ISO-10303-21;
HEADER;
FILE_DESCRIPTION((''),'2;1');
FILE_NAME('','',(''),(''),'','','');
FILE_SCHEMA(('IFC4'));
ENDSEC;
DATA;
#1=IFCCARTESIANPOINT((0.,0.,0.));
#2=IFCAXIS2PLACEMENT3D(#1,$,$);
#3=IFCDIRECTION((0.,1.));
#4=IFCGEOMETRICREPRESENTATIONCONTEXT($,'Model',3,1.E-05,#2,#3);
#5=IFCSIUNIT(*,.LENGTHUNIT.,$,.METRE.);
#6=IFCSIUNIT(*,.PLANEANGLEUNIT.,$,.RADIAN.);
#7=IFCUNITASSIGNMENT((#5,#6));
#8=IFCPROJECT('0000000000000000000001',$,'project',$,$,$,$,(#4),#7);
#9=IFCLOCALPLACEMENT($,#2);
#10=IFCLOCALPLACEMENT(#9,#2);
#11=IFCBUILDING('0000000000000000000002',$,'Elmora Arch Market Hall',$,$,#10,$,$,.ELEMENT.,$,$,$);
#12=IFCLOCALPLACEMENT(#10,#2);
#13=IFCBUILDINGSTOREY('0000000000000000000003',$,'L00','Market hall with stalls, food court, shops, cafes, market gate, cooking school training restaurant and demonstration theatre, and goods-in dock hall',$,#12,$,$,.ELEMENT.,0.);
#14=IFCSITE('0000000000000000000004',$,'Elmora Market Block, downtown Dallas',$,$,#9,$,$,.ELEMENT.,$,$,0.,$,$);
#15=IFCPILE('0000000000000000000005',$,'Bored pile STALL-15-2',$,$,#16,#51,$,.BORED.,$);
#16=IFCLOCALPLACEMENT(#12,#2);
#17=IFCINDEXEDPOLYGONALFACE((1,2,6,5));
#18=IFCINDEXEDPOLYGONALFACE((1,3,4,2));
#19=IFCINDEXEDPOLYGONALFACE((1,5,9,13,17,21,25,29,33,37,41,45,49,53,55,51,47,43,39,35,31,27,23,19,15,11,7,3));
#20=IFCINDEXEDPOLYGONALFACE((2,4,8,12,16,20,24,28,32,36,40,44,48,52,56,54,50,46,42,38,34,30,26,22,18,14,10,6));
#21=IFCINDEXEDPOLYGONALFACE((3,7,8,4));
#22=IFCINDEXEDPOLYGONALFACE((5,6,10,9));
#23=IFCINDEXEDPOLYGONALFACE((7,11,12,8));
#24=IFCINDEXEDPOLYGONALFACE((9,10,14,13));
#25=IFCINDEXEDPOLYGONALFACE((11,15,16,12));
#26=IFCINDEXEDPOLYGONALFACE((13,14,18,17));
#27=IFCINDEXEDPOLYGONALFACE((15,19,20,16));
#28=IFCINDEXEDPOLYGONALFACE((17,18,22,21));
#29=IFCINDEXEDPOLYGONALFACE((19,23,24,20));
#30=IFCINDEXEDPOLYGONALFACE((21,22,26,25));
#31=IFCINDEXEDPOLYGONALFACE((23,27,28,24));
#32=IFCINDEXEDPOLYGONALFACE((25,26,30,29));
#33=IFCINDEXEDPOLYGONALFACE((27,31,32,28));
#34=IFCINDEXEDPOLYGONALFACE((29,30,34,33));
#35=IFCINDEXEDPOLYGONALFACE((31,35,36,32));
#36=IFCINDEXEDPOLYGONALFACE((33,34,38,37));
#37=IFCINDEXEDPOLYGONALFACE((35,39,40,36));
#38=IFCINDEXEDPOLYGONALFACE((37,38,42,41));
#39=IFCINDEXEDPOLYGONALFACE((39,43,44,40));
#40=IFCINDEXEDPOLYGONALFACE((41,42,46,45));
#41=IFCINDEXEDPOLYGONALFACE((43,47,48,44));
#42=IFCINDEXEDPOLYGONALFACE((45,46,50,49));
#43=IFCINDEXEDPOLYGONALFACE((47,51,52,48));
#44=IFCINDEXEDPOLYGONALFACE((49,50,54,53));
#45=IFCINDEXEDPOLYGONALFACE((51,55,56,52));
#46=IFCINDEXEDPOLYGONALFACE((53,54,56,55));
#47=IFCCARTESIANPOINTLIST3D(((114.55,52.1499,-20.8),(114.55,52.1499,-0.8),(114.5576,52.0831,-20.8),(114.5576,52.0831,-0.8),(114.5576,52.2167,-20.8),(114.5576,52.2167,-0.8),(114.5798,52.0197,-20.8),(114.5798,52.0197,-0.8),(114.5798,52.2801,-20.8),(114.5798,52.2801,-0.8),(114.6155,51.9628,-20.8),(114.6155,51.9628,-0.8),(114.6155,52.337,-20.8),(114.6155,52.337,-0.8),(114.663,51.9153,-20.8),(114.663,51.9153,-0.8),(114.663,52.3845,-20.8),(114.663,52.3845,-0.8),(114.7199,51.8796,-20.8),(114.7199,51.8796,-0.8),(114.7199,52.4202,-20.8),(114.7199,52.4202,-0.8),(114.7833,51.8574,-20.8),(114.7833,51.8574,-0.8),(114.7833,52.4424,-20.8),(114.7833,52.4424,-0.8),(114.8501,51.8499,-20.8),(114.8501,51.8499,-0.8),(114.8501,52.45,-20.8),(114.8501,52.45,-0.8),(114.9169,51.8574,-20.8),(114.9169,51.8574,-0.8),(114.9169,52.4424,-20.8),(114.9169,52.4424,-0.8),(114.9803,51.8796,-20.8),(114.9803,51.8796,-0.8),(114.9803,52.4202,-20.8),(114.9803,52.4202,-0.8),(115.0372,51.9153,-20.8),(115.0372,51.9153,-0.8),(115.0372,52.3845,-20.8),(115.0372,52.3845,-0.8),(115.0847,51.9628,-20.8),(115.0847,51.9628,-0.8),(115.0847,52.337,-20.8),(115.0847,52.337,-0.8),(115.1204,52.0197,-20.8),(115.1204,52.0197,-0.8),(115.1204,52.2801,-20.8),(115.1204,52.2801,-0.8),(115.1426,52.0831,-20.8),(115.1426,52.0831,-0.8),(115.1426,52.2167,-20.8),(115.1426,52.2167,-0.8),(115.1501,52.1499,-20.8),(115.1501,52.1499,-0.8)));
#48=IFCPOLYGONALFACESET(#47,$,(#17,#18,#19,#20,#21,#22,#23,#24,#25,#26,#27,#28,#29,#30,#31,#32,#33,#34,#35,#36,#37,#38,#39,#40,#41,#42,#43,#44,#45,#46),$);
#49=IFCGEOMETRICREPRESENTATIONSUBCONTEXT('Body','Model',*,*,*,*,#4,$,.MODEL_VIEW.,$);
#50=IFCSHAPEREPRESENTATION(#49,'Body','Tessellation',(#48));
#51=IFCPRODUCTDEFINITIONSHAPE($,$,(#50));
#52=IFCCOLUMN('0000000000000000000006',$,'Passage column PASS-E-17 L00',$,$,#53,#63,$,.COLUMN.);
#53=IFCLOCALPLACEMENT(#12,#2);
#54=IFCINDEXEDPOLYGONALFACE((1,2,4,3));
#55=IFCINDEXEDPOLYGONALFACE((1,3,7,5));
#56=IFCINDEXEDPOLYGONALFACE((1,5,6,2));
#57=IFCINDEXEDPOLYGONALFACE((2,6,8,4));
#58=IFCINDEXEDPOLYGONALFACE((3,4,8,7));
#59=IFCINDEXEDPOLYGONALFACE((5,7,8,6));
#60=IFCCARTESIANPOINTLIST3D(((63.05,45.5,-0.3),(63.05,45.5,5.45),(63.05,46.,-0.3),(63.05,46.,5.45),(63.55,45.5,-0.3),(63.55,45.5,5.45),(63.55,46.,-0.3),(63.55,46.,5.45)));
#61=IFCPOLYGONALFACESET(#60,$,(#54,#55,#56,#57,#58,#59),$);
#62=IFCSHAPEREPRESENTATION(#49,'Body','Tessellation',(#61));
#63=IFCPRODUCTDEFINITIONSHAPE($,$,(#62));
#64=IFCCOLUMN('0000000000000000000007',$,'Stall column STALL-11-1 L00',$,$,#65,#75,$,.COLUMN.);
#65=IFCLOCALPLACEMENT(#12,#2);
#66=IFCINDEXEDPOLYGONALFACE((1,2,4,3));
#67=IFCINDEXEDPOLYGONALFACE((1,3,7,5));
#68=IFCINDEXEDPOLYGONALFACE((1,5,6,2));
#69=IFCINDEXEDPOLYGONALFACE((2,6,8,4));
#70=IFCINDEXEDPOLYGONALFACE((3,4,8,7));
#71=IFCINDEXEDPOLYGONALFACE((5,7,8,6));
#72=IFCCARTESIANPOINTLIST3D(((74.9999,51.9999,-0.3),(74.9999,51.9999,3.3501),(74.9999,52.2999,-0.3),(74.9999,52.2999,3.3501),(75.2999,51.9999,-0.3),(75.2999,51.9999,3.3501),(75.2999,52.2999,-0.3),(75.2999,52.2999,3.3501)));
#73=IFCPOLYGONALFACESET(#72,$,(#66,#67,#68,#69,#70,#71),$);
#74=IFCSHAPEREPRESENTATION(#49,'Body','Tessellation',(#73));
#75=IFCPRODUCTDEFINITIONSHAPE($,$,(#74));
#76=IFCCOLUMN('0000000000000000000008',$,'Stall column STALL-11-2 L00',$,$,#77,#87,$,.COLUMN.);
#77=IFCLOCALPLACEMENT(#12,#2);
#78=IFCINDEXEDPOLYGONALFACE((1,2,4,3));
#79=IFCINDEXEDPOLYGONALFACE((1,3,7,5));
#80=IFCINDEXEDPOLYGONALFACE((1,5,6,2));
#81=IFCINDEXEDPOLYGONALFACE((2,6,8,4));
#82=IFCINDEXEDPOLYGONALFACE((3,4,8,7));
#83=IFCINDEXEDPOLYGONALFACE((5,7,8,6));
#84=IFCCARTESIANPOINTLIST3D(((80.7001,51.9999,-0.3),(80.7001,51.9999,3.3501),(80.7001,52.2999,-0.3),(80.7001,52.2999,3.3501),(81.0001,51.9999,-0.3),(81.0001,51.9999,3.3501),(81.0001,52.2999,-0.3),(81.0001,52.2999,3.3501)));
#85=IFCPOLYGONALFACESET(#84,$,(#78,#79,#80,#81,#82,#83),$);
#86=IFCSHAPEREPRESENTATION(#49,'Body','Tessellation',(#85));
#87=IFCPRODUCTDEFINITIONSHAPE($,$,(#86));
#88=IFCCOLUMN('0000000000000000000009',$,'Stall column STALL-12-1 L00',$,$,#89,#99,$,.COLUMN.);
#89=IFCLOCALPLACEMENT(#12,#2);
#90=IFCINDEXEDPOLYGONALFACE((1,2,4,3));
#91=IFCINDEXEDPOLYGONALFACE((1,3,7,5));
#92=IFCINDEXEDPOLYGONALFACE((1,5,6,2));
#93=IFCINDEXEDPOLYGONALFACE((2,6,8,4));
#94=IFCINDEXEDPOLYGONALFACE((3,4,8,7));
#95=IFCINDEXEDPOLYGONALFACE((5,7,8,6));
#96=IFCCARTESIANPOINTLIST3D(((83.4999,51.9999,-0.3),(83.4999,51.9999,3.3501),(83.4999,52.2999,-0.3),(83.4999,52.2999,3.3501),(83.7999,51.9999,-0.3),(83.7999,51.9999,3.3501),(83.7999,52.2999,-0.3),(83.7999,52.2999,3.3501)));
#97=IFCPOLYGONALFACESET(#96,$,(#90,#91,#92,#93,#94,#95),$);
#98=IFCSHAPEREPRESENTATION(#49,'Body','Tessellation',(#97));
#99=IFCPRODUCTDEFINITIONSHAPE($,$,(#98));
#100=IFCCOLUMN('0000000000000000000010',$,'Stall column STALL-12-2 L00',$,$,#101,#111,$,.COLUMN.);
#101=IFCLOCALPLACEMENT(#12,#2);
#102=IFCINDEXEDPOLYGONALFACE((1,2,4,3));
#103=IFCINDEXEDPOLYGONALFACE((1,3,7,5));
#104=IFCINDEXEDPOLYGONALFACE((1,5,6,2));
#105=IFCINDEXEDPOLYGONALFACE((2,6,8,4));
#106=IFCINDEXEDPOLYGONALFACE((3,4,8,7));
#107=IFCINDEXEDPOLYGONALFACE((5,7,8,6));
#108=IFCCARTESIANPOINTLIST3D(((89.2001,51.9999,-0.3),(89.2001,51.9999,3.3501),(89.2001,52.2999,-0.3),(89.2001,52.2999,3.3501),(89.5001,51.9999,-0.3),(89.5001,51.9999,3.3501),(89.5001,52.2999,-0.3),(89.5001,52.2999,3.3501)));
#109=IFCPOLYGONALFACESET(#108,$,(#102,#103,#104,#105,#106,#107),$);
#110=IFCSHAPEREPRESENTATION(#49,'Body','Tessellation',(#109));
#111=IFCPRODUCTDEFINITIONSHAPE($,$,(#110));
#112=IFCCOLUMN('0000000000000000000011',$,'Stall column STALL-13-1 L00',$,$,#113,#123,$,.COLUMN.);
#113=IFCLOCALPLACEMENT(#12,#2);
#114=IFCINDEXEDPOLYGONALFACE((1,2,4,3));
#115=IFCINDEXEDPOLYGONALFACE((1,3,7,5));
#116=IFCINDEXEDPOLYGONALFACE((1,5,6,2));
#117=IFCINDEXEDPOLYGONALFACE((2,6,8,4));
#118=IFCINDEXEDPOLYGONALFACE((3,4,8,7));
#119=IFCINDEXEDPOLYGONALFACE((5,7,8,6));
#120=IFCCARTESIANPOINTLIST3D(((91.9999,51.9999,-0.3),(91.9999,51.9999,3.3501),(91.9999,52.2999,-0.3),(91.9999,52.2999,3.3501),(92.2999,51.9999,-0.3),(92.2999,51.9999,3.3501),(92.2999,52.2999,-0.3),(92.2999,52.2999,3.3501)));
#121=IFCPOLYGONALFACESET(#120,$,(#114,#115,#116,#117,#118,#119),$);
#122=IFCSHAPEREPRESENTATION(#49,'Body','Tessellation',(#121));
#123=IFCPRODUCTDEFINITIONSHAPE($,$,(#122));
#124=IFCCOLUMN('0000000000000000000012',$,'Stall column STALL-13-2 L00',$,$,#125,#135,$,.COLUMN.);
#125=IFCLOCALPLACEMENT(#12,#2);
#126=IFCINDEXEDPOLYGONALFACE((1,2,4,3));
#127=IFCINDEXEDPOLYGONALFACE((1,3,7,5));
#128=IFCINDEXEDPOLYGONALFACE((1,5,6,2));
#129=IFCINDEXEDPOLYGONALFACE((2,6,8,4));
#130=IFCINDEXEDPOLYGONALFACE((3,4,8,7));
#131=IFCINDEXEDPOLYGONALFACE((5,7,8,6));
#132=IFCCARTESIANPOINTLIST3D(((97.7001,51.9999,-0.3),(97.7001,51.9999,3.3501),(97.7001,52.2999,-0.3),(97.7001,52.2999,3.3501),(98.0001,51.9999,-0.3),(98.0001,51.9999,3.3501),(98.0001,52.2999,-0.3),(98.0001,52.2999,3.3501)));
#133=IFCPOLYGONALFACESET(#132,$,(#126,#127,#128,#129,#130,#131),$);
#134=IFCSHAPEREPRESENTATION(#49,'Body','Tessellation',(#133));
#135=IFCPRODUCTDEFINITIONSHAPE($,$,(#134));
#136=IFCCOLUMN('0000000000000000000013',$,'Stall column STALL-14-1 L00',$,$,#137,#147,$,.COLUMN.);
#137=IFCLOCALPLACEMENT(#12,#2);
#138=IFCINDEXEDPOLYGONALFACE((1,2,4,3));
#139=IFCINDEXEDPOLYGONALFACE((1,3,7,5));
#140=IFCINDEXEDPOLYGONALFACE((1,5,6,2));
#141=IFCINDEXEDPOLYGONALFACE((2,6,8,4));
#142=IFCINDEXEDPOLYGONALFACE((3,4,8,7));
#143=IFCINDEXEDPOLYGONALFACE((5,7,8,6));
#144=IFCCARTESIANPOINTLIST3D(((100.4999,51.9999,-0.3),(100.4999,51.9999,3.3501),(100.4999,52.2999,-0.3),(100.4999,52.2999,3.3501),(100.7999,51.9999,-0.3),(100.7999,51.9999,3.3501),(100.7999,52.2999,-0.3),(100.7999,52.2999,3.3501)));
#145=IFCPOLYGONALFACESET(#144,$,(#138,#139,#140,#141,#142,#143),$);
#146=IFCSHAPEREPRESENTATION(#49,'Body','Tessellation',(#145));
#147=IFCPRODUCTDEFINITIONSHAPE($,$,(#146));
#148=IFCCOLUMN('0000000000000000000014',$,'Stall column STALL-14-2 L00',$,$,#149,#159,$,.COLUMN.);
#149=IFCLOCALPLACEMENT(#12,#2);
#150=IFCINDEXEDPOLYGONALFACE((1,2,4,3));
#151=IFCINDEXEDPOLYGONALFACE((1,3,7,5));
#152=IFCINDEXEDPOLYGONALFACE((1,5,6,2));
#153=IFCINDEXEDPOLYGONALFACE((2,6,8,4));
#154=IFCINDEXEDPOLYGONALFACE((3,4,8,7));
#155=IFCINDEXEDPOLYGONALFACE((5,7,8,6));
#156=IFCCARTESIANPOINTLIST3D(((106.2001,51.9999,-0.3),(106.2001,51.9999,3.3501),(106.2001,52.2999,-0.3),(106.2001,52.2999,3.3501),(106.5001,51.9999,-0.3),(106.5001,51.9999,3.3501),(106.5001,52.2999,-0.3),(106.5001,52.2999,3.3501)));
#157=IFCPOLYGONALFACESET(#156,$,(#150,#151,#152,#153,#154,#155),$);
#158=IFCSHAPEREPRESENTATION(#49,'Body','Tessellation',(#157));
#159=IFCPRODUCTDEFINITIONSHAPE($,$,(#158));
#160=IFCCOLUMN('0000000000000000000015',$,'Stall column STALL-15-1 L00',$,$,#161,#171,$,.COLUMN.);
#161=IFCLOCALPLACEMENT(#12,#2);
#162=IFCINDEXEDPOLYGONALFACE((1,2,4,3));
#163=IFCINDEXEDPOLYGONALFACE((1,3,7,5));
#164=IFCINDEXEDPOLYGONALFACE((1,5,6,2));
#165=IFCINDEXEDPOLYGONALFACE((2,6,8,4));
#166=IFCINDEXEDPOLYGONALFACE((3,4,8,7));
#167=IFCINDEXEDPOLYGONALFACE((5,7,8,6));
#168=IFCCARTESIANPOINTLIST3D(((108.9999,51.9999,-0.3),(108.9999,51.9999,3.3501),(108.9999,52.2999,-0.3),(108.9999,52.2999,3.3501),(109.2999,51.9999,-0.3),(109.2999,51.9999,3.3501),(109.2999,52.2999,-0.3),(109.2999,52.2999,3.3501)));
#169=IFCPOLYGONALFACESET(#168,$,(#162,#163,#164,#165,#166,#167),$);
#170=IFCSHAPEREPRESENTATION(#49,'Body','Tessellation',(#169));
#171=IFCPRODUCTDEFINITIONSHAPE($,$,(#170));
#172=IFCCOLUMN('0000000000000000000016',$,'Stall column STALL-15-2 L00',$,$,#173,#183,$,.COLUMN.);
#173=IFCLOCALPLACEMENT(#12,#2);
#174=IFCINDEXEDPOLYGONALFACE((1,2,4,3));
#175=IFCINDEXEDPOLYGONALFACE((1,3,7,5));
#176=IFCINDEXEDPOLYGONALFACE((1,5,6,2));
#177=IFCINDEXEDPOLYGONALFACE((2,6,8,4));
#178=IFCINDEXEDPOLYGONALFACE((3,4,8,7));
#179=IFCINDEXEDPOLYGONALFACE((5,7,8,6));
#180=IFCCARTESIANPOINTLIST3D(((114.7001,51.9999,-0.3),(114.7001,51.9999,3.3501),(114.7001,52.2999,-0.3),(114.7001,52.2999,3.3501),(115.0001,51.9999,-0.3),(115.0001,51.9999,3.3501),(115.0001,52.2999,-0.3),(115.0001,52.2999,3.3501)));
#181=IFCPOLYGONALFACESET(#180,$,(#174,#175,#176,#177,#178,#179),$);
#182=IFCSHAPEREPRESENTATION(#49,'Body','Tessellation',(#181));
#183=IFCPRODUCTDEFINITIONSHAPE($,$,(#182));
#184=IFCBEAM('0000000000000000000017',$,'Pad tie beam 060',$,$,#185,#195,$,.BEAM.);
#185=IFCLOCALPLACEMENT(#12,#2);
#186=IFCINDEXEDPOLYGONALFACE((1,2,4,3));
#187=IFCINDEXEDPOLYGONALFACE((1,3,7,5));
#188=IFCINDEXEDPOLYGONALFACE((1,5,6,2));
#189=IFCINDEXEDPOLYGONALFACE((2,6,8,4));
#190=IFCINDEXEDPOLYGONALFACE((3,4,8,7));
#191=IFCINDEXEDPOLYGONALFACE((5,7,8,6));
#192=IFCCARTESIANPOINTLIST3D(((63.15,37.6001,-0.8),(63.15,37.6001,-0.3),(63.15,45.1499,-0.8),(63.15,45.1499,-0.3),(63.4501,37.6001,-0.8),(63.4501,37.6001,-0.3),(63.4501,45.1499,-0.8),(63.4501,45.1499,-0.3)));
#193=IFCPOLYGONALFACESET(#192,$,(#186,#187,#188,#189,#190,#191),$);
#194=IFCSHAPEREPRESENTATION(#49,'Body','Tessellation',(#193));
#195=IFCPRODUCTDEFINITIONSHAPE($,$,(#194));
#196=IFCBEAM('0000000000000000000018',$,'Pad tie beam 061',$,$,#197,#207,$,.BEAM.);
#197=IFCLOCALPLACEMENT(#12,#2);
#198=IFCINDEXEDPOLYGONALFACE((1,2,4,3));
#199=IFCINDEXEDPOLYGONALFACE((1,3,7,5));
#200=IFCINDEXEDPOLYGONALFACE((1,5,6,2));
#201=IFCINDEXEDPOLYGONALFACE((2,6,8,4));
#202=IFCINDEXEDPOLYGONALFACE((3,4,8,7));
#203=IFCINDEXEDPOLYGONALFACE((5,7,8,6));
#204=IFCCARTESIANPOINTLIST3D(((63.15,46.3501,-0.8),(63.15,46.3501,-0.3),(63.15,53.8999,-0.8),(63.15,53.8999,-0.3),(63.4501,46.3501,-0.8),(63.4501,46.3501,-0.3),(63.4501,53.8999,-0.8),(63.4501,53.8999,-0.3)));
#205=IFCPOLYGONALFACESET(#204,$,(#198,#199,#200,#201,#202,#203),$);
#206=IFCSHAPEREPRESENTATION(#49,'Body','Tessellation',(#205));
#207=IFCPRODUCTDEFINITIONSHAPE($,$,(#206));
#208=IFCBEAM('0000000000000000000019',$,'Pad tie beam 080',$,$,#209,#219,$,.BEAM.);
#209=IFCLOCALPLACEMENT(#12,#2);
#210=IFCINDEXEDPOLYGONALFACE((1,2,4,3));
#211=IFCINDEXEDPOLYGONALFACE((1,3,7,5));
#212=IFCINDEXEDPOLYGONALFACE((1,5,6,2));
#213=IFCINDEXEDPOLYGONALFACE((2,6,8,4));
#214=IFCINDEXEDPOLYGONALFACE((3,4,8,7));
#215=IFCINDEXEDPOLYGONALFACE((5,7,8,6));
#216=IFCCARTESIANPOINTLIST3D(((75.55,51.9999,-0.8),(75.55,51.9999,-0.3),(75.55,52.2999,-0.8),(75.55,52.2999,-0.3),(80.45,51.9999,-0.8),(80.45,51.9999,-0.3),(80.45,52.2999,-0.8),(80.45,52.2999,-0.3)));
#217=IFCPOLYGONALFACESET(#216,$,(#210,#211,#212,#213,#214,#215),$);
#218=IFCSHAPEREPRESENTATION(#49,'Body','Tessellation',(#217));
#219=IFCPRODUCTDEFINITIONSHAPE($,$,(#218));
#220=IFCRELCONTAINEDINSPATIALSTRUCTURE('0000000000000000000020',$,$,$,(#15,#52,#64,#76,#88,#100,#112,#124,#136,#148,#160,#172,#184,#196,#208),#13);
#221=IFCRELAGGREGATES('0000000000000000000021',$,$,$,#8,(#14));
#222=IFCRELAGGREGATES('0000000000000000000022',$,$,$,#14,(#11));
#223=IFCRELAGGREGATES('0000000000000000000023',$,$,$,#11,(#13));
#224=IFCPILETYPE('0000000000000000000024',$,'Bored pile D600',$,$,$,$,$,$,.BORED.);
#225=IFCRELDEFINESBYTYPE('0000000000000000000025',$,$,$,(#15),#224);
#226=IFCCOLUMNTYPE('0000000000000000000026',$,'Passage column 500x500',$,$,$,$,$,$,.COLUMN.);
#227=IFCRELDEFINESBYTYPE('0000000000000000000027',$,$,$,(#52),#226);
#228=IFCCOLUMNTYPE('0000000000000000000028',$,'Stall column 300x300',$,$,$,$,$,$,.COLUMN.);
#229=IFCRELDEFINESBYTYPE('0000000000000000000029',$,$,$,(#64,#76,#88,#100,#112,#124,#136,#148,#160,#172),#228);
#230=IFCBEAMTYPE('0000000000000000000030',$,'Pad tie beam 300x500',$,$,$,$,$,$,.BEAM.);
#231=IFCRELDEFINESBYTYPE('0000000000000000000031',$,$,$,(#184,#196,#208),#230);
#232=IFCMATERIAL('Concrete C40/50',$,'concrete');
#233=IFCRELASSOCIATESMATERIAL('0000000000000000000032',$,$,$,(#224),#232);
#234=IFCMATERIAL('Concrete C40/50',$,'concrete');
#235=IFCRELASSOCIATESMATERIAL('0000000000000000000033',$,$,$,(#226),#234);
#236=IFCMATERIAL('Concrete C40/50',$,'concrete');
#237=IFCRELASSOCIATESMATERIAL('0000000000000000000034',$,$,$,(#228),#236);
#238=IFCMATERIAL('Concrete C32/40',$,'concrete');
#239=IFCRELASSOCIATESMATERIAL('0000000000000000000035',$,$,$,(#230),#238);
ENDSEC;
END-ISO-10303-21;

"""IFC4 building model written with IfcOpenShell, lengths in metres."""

from ifc_helpers import new_model, si_unit, direction, frame, origin, origin_2d, place, context, subcontext, project, spatial, rectangle, circle, extrude, material, material_profile, profile_set, type_object, element, save


model = new_model("IFC4")

# Units and contexts
model_context = context("Model", 3, precision=1e-05, world=origin(), true_north=direction((0.0, 1.0)))
body_context = subcontext(model_context, "Body", "Model", "MODEL_VIEW")
ifc_project = project(units=[si_unit("LENGTHUNIT", "METRE"), si_unit("PLANEANGLEUNIT", "RADIAN")], contexts=[model_context])

# Site, building, storey
site_placement = place(None, origin())
site = spatial("IfcSite", under=ifc_project, at=site_placement, Name="Elmora Market Block, downtown Dallas", CompositionType="ELEMENT", RefElevation=0.0)
building_placement = place(site_placement, origin())
building = spatial("IfcBuilding", under=site, at=building_placement, Name="Elmora Arch Market Hall", CompositionType="ELEMENT")
storey_placement = place(building_placement, origin())
storey = spatial("IfcBuildingStorey", under=building, at=storey_placement, Name="L00", Description="Market hall with stalls, food court, shops, cafes, market gate, cooking school training restaurant and demonstration theatre, and goods-in dock hall", CompositionType="ELEMENT", Elevation=0.0)

# Pile
ifc_material_1 = material(Name="Concrete C40/50", Category="concrete")
ifc_material_profile_1 = material_profile(ifc_material_1, circle(Radius=0.3, at=origin_2d()), Name="Bored pile D600")
ifc_profile_set_1 = profile_set([ifc_material_profile_1], Name="Concrete C40/50")
pile_type = type_object("IfcPileType", Name="Bored pile D600", PredefinedType="BORED", material=ifc_profile_set_1)
for number, where, z_axis, x_axis, name in (
    (1, (114.8501, 52.1499, -0.8), (0.0, 0.0, -1.0), (1.0, 0.0, 0.0), "Bored pile STALL-15-2"),
):
    element("IfcPile", number, at=place(storey_placement, frame(where, z_axis=z_axis, x_axis=x_axis)), inside=storey, type_object=pile_type, Name=name, PredefinedType="BORED", context=body_context, shape_type="SweptSolid", body=[
        extrude(circle(Radius=0.3, at=origin_2d()), origin(), (0.0, 0.0, 1.0), 20.0),
    ])

# Columns
ifc_material_2 = material(Name="Concrete C40/50", Category="concrete")
ifc_material_profile_2 = material_profile(ifc_material_2, rectangle(XDim=0.5, YDim=0.5, at=origin_2d()), Name="Passage column 500x500")
ifc_profile_set_2 = profile_set([ifc_material_profile_2], Name="Concrete C40/50")
column_type_1 = type_object("IfcColumnType", Name="Passage column 500x500", PredefinedType="COLUMN", material=ifc_profile_set_2)
column_placement = place(storey_placement, frame((63.3, 45.75, -0.3), z_axis=(0.0, 0.0, 1.0), x_axis=(1.0, 0.0, 0.0)))
element("IfcColumn", 2, at=column_placement, inside=storey, type_object=column_type_1, Name="Passage column PASS-E-17 L00", PredefinedType="COLUMN", context=body_context, shape_type="SweptSolid", body=[
    extrude(rectangle(XDim=0.5, YDim=0.5, at=origin_2d()), origin(), (0.0, 0.0, 1.0), 5.75),
])
ifc_material_3 = material(Name="Concrete C40/50", Category="concrete")
ifc_material_profile_3 = material_profile(ifc_material_3, rectangle(XDim=0.3, YDim=0.3, at=origin_2d()), Name="Stall column 300x300")
ifc_profile_set_3 = profile_set([ifc_material_profile_3], Name="Concrete C40/50")
column_type_2 = type_object("IfcColumnType", Name="Stall column 300x300", PredefinedType="COLUMN", material=ifc_profile_set_3)
for number, where, z_axis, x_axis, name in (
    (3, (75.1499, 52.1499, -0.3), (0.0, 0.0, 1.0), (1.0, 0.0, 0.0), "Stall column STALL-11-1 L00"),
    (4, (80.8501, 52.1499, -0.3), (0.0, 0.0, 1.0), (1.0, 0.0, 0.0), "Stall column STALL-11-2 L00"),
    (5, (83.6499, 52.1499, -0.3), (0.0, 0.0, 1.0), (1.0, 0.0, 0.0), "Stall column STALL-12-1 L00"),
    (6, (89.3501, 52.1499, -0.3), (0.0, 0.0, 1.0), (1.0, 0.0, 0.0), "Stall column STALL-12-2 L00"),
    (7, (92.1499, 52.1499, -0.3), (0.0, 0.0, 1.0), (1.0, 0.0, 0.0), "Stall column STALL-13-1 L00"),
    (8, (97.8501, 52.1499, -0.3), (0.0, 0.0, 1.0), (1.0, 0.0, 0.0), "Stall column STALL-13-2 L00"),
    (9, (100.6499, 52.1499, -0.3), (0.0, 0.0, 1.0), (1.0, 0.0, 0.0), "Stall column STALL-14-1 L00"),
    (10, (106.3501, 52.1499, -0.3), (0.0, 0.0, 1.0), (1.0, 0.0, 0.0), "Stall column STALL-14-2 L00"),
    (11, (109.1499, 52.1499, -0.3), (0.0, 0.0, 1.0), (1.0, 0.0, 0.0), "Stall column STALL-15-1 L00"),
    (12, (114.8501, 52.1499, -0.3), (0.0, 0.0, 1.0), (1.0, 0.0, 0.0), "Stall column STALL-15-2 L00"),
):
    element("IfcColumn", number, at=place(storey_placement, frame(where, z_axis=z_axis, x_axis=x_axis)), inside=storey, type_object=column_type_2, Name=name, PredefinedType="COLUMN", context=body_context, shape_type="SweptSolid", body=[
        extrude(rectangle(XDim=0.3, YDim=0.3, at=origin_2d()), origin(), (0.0, 0.0, 1.0), 3.6501),
    ])

# Beams
ifc_material_4 = material(Name="Concrete C32/40", Category="concrete")
ifc_material_profile_4 = material_profile(ifc_material_4, rectangle(XDim=0.3, YDim=0.5, at=origin_2d()), Name="Pad tie beam 300x500")
ifc_profile_set_4 = profile_set([ifc_material_profile_4], Name="Concrete C32/40")
beam_type_1 = type_object("IfcBeamType", Name="Pad tie beam 300x500", PredefinedType="BEAM", material=ifc_profile_set_4)
for number, where, z_axis, x_axis, name in (
    (13, (63.3, 37.6001, -0.55), (0.0, 1.0, 0.0), (-1.0, 0.0, 0.0), "Pad tie beam 060"),
    (14, (63.3, 46.3501, -0.55), (0.0, 1.0, 0.0), (-1.0, 0.0, 0.0), "Pad tie beam 061"),
):
    element("IfcBeam", number, at=place(storey_placement, frame(where, z_axis=z_axis, x_axis=x_axis)), inside=storey, type_object=beam_type_1, Name=name, PredefinedType="BEAM", context=body_context, shape_type="SweptSolid", body=[
        extrude(rectangle(XDim=0.3, YDim=0.5, at=origin_2d()), origin(), (0.0, 0.0, 1.0), 7.5498),
    ])
for number, where, z_axis, x_axis, name in (
    (15, (75.55, 52.1499, -0.55), (1.0, 0.0, 0.0), (0.0, 1.0, 0.0), "Pad tie beam 080"),
):
    element("IfcBeam", number, at=place(storey_placement, frame(where, z_axis=z_axis, x_axis=x_axis)), inside=storey, type_object=beam_type_1, Name=name, PredefinedType="BEAM", context=body_context, shape_type="SweptSolid", body=[
        extrude(rectangle(XDim=0.3, YDim=0.5, at=origin_2d()), origin(), (0.0, 0.0, 1.0), 4.8999),
    ])

save(model, "model.ifc")
